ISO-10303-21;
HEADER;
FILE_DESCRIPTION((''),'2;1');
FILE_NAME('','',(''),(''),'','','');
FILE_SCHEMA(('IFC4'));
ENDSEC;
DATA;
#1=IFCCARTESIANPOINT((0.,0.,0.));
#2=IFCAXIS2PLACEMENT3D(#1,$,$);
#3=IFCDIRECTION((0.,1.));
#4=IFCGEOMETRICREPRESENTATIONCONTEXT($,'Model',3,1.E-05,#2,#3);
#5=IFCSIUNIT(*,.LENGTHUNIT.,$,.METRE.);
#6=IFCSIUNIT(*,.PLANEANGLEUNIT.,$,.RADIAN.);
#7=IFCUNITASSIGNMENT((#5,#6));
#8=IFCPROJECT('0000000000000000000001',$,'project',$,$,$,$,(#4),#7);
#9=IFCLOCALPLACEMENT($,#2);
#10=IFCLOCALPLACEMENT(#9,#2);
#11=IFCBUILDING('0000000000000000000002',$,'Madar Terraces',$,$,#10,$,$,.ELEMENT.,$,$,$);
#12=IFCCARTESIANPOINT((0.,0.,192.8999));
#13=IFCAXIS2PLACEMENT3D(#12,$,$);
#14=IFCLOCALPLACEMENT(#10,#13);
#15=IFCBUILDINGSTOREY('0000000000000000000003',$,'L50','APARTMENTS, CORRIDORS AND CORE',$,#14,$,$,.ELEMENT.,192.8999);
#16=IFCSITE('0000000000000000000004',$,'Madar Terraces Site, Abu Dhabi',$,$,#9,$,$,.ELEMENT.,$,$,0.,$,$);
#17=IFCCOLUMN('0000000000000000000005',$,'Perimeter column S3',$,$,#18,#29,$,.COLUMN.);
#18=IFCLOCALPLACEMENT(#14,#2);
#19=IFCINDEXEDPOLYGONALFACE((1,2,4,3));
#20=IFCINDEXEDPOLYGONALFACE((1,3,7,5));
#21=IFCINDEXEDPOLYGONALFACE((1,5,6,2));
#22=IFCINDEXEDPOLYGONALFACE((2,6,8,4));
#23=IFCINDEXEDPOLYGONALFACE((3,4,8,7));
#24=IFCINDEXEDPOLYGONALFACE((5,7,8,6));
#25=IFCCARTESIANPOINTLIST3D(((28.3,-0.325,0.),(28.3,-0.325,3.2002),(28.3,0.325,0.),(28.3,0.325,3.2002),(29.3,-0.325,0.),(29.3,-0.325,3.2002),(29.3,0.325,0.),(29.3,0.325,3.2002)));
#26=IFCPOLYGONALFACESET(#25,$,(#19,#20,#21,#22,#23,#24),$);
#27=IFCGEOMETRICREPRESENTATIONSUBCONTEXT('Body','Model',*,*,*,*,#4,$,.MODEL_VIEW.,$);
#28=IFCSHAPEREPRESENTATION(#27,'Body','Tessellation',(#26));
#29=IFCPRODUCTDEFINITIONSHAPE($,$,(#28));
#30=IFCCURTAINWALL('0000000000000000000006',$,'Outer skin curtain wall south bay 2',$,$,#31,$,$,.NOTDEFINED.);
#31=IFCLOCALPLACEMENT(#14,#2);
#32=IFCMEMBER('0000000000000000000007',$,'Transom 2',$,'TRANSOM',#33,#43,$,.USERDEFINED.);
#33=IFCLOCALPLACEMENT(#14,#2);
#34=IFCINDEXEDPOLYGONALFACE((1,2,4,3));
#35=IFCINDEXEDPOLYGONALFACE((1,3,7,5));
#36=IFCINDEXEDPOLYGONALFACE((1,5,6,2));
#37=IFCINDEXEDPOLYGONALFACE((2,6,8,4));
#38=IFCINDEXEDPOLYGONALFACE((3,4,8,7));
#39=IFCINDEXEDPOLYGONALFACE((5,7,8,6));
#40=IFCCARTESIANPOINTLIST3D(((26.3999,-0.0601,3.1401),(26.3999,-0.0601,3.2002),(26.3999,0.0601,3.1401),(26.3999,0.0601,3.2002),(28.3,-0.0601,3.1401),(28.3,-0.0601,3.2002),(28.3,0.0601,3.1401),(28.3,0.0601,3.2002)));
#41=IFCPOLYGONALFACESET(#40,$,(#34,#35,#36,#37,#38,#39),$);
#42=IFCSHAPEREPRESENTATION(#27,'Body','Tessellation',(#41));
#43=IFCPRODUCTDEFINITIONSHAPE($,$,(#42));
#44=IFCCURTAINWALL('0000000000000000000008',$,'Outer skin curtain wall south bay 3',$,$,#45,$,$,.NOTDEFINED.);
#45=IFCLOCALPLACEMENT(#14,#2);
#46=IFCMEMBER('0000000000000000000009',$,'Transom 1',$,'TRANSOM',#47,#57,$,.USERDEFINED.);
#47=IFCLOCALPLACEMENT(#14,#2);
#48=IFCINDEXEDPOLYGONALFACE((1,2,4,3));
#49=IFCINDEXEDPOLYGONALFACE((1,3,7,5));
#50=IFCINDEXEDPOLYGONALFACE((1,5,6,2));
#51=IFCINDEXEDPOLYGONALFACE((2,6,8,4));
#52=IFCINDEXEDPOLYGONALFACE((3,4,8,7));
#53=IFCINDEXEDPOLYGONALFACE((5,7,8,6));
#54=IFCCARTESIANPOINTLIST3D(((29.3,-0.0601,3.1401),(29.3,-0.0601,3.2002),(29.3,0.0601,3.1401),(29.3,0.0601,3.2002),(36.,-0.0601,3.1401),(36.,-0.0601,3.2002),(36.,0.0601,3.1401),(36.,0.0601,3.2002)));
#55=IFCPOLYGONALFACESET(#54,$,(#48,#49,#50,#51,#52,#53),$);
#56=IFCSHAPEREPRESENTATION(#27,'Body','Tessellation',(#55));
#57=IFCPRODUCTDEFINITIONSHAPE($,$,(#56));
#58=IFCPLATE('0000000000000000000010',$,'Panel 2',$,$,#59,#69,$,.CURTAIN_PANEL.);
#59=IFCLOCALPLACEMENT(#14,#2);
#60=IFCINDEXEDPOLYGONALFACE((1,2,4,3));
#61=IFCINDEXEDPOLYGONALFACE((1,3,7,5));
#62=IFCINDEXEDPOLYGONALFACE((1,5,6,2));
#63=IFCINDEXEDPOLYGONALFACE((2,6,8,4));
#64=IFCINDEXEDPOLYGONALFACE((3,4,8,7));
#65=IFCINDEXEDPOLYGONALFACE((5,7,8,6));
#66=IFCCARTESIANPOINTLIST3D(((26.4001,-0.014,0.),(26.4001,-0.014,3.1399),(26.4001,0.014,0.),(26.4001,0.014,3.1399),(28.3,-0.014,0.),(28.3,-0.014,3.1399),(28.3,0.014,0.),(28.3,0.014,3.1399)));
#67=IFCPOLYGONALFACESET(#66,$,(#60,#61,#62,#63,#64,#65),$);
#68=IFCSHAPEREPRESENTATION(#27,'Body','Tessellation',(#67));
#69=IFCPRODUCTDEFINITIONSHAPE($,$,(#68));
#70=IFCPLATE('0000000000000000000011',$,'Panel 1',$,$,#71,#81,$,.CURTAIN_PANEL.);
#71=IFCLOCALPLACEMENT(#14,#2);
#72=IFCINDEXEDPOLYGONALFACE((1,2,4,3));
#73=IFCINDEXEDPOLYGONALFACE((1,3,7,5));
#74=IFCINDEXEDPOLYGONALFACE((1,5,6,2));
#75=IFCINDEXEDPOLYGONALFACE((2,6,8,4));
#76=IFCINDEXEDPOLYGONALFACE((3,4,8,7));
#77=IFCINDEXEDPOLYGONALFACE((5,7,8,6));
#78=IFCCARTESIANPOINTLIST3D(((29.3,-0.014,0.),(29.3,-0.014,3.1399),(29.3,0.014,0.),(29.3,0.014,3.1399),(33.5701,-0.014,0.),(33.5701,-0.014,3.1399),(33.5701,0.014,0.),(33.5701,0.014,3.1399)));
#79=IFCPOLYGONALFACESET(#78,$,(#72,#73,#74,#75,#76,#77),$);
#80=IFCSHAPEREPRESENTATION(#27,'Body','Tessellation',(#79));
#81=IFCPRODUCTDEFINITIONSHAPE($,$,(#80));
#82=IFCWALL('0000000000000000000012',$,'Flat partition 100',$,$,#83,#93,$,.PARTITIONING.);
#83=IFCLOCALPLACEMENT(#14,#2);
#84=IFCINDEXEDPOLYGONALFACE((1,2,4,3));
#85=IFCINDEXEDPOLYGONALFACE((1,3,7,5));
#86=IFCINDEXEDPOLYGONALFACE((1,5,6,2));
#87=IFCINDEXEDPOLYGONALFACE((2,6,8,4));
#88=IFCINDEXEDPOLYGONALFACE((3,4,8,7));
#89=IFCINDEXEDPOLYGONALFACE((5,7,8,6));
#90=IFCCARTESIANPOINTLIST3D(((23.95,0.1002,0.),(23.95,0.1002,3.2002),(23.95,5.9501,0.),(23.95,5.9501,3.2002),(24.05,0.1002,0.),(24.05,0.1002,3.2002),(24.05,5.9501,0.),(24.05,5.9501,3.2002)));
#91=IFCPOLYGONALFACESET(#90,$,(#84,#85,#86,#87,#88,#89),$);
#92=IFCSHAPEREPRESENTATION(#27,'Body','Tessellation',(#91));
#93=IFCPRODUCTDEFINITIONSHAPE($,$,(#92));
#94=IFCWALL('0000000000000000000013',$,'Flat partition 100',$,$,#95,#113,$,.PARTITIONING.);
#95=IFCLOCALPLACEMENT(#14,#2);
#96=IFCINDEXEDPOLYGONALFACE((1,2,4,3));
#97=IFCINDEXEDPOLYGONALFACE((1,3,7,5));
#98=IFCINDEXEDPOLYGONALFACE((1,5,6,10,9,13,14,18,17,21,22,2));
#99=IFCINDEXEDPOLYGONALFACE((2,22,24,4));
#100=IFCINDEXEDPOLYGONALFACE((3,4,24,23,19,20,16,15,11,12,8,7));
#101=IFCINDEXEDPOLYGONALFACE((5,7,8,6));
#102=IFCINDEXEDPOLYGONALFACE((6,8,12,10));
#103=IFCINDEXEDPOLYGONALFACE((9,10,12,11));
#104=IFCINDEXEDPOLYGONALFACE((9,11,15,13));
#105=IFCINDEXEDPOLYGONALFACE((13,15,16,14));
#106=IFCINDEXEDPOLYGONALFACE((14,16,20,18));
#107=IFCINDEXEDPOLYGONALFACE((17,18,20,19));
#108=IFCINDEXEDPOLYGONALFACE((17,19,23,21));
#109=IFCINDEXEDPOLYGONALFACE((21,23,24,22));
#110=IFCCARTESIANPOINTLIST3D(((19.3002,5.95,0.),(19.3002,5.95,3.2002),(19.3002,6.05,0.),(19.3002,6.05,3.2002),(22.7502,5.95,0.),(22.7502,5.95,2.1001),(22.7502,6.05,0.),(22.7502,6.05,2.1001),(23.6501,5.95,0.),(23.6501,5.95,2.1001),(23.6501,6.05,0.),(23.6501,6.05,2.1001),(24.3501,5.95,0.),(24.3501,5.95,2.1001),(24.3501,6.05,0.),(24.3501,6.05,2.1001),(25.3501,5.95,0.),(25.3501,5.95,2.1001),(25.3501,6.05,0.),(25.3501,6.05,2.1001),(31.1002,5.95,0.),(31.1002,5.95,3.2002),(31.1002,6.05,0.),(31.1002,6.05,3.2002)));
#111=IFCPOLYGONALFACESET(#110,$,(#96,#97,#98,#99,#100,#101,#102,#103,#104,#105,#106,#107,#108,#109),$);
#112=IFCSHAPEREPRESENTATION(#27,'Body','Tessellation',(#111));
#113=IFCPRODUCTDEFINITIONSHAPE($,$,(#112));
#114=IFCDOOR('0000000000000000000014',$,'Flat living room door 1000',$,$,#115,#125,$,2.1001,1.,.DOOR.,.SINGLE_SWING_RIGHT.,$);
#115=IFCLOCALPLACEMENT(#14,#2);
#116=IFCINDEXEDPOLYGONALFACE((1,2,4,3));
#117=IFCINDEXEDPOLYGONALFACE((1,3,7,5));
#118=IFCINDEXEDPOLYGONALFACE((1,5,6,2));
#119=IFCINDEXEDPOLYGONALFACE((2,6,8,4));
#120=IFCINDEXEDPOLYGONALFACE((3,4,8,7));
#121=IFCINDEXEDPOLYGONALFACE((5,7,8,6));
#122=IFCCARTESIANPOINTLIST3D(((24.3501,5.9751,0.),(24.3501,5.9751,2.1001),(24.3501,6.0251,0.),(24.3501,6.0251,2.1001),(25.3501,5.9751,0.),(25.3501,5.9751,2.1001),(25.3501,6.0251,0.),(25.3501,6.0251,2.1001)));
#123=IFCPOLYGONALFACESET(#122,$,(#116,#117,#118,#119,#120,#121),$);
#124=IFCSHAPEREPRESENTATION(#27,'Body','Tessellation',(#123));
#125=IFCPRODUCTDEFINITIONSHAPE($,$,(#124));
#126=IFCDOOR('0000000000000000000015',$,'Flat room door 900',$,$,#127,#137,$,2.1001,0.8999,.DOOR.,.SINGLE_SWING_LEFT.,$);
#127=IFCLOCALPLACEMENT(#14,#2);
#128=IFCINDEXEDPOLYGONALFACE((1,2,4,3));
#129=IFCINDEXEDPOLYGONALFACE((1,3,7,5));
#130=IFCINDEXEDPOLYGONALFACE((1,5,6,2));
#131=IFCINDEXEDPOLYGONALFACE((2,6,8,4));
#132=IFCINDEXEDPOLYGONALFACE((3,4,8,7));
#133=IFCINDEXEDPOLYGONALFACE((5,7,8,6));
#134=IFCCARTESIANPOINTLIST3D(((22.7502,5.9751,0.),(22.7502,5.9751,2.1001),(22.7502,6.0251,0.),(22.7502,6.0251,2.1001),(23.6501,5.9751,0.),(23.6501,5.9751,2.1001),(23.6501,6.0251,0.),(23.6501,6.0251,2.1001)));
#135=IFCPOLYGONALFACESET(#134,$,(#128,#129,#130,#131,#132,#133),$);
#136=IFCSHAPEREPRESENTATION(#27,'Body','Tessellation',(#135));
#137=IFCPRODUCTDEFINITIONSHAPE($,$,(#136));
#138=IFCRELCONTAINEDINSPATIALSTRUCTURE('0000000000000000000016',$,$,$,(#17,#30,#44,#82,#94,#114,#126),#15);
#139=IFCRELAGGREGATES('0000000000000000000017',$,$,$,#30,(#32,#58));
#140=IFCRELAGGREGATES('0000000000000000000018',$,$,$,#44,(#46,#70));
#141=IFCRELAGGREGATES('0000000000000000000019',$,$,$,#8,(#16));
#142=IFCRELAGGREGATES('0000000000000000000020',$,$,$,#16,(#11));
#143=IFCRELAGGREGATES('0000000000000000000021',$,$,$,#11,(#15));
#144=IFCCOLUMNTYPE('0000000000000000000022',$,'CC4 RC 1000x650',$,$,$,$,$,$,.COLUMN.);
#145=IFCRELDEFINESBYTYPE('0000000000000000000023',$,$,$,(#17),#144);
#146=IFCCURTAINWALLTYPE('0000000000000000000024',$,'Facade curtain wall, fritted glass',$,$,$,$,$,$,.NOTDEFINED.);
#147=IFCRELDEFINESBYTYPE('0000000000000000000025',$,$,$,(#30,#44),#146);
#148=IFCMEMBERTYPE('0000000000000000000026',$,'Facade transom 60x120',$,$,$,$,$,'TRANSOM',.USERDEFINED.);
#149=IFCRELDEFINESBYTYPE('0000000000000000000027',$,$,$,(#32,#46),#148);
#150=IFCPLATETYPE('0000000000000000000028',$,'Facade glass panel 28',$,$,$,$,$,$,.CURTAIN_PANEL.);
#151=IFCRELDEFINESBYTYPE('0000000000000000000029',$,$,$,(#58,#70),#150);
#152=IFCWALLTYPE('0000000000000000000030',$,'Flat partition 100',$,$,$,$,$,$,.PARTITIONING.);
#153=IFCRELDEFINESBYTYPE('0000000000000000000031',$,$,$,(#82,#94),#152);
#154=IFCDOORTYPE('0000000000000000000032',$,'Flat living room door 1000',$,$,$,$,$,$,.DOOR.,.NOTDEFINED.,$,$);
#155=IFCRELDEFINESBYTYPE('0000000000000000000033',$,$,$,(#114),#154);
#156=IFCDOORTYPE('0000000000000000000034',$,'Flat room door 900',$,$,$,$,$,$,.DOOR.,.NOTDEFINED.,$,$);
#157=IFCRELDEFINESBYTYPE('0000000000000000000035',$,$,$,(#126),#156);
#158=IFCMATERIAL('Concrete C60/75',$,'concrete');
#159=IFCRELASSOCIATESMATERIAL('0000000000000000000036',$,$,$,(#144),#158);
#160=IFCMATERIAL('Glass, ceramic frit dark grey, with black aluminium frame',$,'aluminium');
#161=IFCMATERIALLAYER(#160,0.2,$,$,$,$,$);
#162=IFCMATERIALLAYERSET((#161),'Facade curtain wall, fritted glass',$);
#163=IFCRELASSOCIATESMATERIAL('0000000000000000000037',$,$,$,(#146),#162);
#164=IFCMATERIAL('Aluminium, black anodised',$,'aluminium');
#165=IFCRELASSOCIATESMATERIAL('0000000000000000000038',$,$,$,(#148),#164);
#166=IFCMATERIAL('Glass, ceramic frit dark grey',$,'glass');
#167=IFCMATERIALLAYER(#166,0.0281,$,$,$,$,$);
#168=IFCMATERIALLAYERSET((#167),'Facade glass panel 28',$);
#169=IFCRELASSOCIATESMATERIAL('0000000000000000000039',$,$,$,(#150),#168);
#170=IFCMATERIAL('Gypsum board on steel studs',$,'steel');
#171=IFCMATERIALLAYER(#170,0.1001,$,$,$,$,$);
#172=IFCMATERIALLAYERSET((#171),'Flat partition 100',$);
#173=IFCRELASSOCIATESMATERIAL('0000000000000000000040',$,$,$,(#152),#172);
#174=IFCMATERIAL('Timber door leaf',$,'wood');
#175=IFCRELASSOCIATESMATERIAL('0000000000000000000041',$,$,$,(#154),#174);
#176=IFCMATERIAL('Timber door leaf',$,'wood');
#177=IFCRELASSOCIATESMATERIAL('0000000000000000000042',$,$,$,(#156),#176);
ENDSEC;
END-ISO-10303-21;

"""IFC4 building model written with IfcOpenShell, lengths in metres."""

from ifc_helpers import new_model, si_unit, direction, frame, frame_2d, origin, origin_2d, place, context, subcontext, project, spatial, rectangle, extrude, material, layer, layer_set, material_profile, profile_set, type_object, element, fill, aggregate, save


model = new_model("IFC4")

# Units and contexts
model_context = context("Model", 3, precision=1e-05, world=origin(), true_north=direction((0.0, 1.0)))
body_context = subcontext(model_context, "Body", "Model", "MODEL_VIEW")
ifc_project = project(units=[si_unit("LENGTHUNIT", "METRE"), si_unit("PLANEANGLEUNIT", "RADIAN")], contexts=[model_context])

# Site, building, storey
site_placement = place(None, origin())
site = spatial("IfcSite", under=ifc_project, at=site_placement, Name="Madar Terraces Site, Abu Dhabi", CompositionType="ELEMENT", RefElevation=0.0)
building_placement = place(site_placement, origin())
building = spatial("IfcBuilding", under=site, at=building_placement, Name="Madar Terraces", CompositionType="ELEMENT")
storey_placement = place(building_placement, frame((0.0, 0.0, 192.8999)))
storey = spatial("IfcBuildingStorey", under=building, at=storey_placement, Name="L50", Description="APARTMENTS, CORRIDORS AND CORE", CompositionType="ELEMENT", Elevation=192.8999)

# Column
ifc_material_1 = material(Name="Concrete C60/75", Category="concrete")
ifc_material_profile_1 = material_profile(ifc_material_1, rectangle(XDim=1.0, YDim=0.6499, at=origin_2d()), Name="CC4 RC 1000x650")
ifc_profile_set_1 = profile_set([ifc_material_profile_1], Name="Concrete C60/75")
column_type = type_object("IfcColumnType", Name="CC4 RC 1000x650", PredefinedType="COLUMN", material=ifc_profile_set_1)
column_placement = place(storey_placement, frame((28.8, 0.0, 0.0), z_axis=(0.0, 0.0, 1.0), x_axis=(1.0, 0.0, 0.0)))
element("IfcColumn", 1, at=column_placement, inside=storey, type_object=column_type, Name="Perimeter column S3", PredefinedType="COLUMN", context=body_context, shape_type="SweptSolid", body=[
    extrude(rectangle(XDim=1.0, YDim=0.6499, at=origin_2d()), origin(), (0.0, 0.0, 1.0), 3.2002),
])

# Curtain walls, members
ifc_material_2 = material(Name="Glass, ceramic frit dark grey, with black aluminium frame", Category="aluminium")
ifc_layer_1 = layer(ifc_material_2, 0.2)
ifc_layer_set_1 = layer_set([ifc_layer_1], Name="Facade curtain wall, fritted glass")
curtain_wall_type = type_object("IfcCurtainWallType", Name="Facade curtain wall, fritted glass", PredefinedType="NOTDEFINED", material=ifc_layer_set_1)
curtain_wall_1_placement = place(storey_placement, origin())
curtain_wall_1 = element("IfcCurtainWall", 2, at=curtain_wall_1_placement, inside=storey, type_object=curtain_wall_type, Name="Outer skin curtain wall south bay 2", PredefinedType="NOTDEFINED")
ifc_material_3 = material(Name="Aluminium, black anodised", Category="aluminium")
ifc_material_profile_2 = material_profile(ifc_material_3, rectangle(XDim=0.1201, YDim=0.0601, at=origin_2d()), Name="Facade transom 60x120")
ifc_profile_set_2 = profile_set([ifc_material_profile_2], Name="Aluminium, black anodised")
member_type = type_object("IfcMemberType", Name="Facade transom 60x120", ElementType="TRANSOM", PredefinedType="USERDEFINED", material=ifc_profile_set_2)
member_1_placement = place(storey_placement, frame((26.3999, 0.0, 3.1702), z_axis=(1.0, 0.0, 0.0), x_axis=(0.0, 1.0, 0.0)))
member_1 = element("IfcMember", 3, at=member_1_placement, type_object=member_type, Name="Transom 2", ObjectType="TRANSOM", PredefinedType="USERDEFINED", context=body_context, shape_type="SweptSolid", body=[
    extrude(rectangle(XDim=0.1201, YDim=0.0601, at=origin_2d()), origin(), (0.0, 0.0, 1.0), 1.9001),
])
curtain_wall_2_placement = place(storey_placement, origin())
curtain_wall_2 = element("IfcCurtainWall", 4, at=curtain_wall_2_placement, inside=storey, type_object=curtain_wall_type, Name="Outer skin curtain wall south bay 3", PredefinedType="NOTDEFINED")
member_2_placement = place(storey_placement, frame((29.3, 0.0, 3.1702), z_axis=(1.0, 0.0, 0.0), x_axis=(0.0, 1.0, 0.0)))
member_2 = element("IfcMember", 5, at=member_2_placement, type_object=member_type, Name="Transom 1", ObjectType="TRANSOM", PredefinedType="USERDEFINED", context=body_context, shape_type="SweptSolid", body=[
    extrude(rectangle(XDim=0.1201, YDim=0.0601, at=origin_2d()), origin(), (0.0, 0.0, 1.0), 6.7),
])

# Plates
ifc_material_4 = material(Name="Glass, ceramic frit dark grey", Category="glass")
ifc_layer_2 = layer(ifc_material_4, 0.0281)
ifc_layer_set_2 = layer_set([ifc_layer_2], Name="Facade glass panel 28")
plate_type = type_object("IfcPlateType", Name="Facade glass panel 28", PredefinedType="CURTAIN_PANEL", material=ifc_layer_set_2)
plate_1_placement = place(storey_placement, frame((27.3501, 0.0, 0.0), z_axis=(0.0, 0.0, 1.0), x_axis=(1.0, 0.0, 0.0)))
plate_1 = element("IfcPlate", 6, at=plate_1_placement, type_object=plate_type, Name="Panel 2", PredefinedType="CURTAIN_PANEL", context=body_context, shape_type="SweptSolid", body=[
    extrude(rectangle(XDim=1.8999, YDim=0.0281, at=origin_2d()), origin(), (0.0, 0.0, 1.0), 3.1399),
])
aggregate(curtain_wall_1, [member_1, plate_1])
plate_2_placement = place(storey_placement, frame((31.4351, 0.0, 0.0), z_axis=(0.0, 0.0, 1.0), x_axis=(1.0, 0.0, 0.0)))
plate_2 = element("IfcPlate", 7, at=plate_2_placement, type_object=plate_type, Name="Panel 1", PredefinedType="CURTAIN_PANEL", context=body_context, shape_type="SweptSolid", body=[
    extrude(rectangle(XDim=4.27, YDim=0.0281, at=origin_2d()), origin(), (0.0, 0.0, 1.0), 3.1399),
])
aggregate(curtain_wall_2, [member_2, plate_2])

# Wall
ifc_material_5 = material(Name="Gypsum board on steel studs", Category="steel")
ifc_layer_3 = layer(ifc_material_5, 0.1001)
ifc_layer_set_3 = layer_set([ifc_layer_3], Name="Flat partition 100")
wall_type_1 = type_object("IfcWallType", Name="Flat partition 100", PredefinedType="PARTITIONING", material=ifc_layer_set_3)
wall_1_placement = place(storey_placement, frame((24.0, 5.95, 0.0), z_axis=(0.0, 0.0, 1.0), x_axis=(0.0, -1.0, 0.0)))
element("IfcWall", 8, at=wall_1_placement, inside=storey, type_object=wall_type_1, Name="Flat partition 100", PredefinedType="PARTITIONING", context=body_context, shape_type="SweptSolid", body=[
    extrude(rectangle(XDim=5.8499, YDim=0.1001, at=frame_2d((2.9248, 0.0))), origin(), (0.0, 0.0, 1.0), 3.2002),
])

# Wall, openings, doors
wall_2_placement = place(storey_placement, frame((31.1001, 6.0, 0.0), z_axis=(0.0, 0.0, 1.0), x_axis=(-1.0, 0.0, 0.0)))
wall_2 = element("IfcWall", 9, at=wall_2_placement, inside=storey, type_object=wall_type_1, Name="Flat partition 100", PredefinedType="PARTITIONING", context=body_context, shape_type="SweptSolid", body=[
    extrude(rectangle(XDim=11.8, YDim=0.1001, at=frame_2d((5.8999, 0.0))), origin(), (0.0, 0.0, 1.0), 3.2002),
])
opening_1_placement = place(wall_2_placement, frame((5.75, 0.0, 0.0)))
opening_1 = element("IfcOpeningElement", 10, at=opening_1_placement, cuts=wall_2, PredefinedType="OPENING", context=body_context, shape_type="SweptSolid", body=[
    extrude(rectangle(XDim=1.0, YDim=2.1001, at=frame_2d((0.5, 1.05))), frame((0.0, 0.0601, 0.0), z_axis=(0.0, -1.0, 0.0), x_axis=(1.0, 0.0, 0.0)), (0.0, 0.0, 1.0), 0.1201),
])
opening_2_placement = place(wall_2_placement, frame((7.45, 0.0, 0.0)))
opening_2 = element("IfcOpeningElement", 11, at=opening_2_placement, cuts=wall_2, PredefinedType="OPENING", context=body_context, shape_type="SweptSolid", body=[
    extrude(rectangle(XDim=0.8999, YDim=2.1001, at=frame_2d((0.45, 1.05))), frame((0.0, 0.0601, 0.0), z_axis=(0.0, -1.0, 0.0), x_axis=(1.0, 0.0, 0.0)), (0.0, 0.0, 1.0), 0.1201),
])
ifc_material_6 = material(Name="Timber door leaf", Category="wood")
door_type_1 = type_object("IfcDoorType", Name="Flat living room door 1000", OperationType="NOTDEFINED", PredefinedType="DOOR", material=ifc_material_6)
door_1_placement = place(opening_1_placement, origin())
door_1 = element("IfcDoor", 12, at=door_1_placement, inside=storey, type_object=door_type_1, Name="Flat living room door 1000", OperationType="SINGLE_SWING_RIGHT", OverallHeight=2.1001, OverallWidth=1.0, PredefinedType="DOOR", context=body_context, shape_type="SweptSolid", body=[
    extrude(rectangle(XDim=1.0, YDim=2.1001, at=frame_2d((0.5, 1.05))), frame((0.0, 0.0249, 0.0), z_axis=(0.0, -1.0, 0.0), x_axis=(1.0, 0.0, 0.0)), (0.0, 0.0, 1.0), 0.05),
])
fill(opening_1, door_1)
ifc_material_7 = material(Name="Timber door leaf", Category="wood")
door_type_2 = type_object("IfcDoorType", Name="Flat room door 900", OperationType="NOTDEFINED", PredefinedType="DOOR", material=ifc_material_7)
door_2_placement = place(opening_2_placement, origin())
door_2 = element("IfcDoor", 13, at=door_2_placement, inside=storey, type_object=door_type_2, Name="Flat room door 900", OperationType="SINGLE_SWING_LEFT", OverallHeight=2.1001, OverallWidth=0.8999, PredefinedType="DOOR", context=body_context, shape_type="SweptSolid", body=[
    extrude(rectangle(XDim=0.8999, YDim=2.1001, at=frame_2d((0.45, 1.05))), frame((0.0, 0.0249, 0.0), z_axis=(0.0, -1.0, 0.0), x_axis=(1.0, 0.0, 0.0)), (0.0, 0.0, 1.0), 0.05),
])
fill(opening_2, door_2)

save(model, "model.ifc")
